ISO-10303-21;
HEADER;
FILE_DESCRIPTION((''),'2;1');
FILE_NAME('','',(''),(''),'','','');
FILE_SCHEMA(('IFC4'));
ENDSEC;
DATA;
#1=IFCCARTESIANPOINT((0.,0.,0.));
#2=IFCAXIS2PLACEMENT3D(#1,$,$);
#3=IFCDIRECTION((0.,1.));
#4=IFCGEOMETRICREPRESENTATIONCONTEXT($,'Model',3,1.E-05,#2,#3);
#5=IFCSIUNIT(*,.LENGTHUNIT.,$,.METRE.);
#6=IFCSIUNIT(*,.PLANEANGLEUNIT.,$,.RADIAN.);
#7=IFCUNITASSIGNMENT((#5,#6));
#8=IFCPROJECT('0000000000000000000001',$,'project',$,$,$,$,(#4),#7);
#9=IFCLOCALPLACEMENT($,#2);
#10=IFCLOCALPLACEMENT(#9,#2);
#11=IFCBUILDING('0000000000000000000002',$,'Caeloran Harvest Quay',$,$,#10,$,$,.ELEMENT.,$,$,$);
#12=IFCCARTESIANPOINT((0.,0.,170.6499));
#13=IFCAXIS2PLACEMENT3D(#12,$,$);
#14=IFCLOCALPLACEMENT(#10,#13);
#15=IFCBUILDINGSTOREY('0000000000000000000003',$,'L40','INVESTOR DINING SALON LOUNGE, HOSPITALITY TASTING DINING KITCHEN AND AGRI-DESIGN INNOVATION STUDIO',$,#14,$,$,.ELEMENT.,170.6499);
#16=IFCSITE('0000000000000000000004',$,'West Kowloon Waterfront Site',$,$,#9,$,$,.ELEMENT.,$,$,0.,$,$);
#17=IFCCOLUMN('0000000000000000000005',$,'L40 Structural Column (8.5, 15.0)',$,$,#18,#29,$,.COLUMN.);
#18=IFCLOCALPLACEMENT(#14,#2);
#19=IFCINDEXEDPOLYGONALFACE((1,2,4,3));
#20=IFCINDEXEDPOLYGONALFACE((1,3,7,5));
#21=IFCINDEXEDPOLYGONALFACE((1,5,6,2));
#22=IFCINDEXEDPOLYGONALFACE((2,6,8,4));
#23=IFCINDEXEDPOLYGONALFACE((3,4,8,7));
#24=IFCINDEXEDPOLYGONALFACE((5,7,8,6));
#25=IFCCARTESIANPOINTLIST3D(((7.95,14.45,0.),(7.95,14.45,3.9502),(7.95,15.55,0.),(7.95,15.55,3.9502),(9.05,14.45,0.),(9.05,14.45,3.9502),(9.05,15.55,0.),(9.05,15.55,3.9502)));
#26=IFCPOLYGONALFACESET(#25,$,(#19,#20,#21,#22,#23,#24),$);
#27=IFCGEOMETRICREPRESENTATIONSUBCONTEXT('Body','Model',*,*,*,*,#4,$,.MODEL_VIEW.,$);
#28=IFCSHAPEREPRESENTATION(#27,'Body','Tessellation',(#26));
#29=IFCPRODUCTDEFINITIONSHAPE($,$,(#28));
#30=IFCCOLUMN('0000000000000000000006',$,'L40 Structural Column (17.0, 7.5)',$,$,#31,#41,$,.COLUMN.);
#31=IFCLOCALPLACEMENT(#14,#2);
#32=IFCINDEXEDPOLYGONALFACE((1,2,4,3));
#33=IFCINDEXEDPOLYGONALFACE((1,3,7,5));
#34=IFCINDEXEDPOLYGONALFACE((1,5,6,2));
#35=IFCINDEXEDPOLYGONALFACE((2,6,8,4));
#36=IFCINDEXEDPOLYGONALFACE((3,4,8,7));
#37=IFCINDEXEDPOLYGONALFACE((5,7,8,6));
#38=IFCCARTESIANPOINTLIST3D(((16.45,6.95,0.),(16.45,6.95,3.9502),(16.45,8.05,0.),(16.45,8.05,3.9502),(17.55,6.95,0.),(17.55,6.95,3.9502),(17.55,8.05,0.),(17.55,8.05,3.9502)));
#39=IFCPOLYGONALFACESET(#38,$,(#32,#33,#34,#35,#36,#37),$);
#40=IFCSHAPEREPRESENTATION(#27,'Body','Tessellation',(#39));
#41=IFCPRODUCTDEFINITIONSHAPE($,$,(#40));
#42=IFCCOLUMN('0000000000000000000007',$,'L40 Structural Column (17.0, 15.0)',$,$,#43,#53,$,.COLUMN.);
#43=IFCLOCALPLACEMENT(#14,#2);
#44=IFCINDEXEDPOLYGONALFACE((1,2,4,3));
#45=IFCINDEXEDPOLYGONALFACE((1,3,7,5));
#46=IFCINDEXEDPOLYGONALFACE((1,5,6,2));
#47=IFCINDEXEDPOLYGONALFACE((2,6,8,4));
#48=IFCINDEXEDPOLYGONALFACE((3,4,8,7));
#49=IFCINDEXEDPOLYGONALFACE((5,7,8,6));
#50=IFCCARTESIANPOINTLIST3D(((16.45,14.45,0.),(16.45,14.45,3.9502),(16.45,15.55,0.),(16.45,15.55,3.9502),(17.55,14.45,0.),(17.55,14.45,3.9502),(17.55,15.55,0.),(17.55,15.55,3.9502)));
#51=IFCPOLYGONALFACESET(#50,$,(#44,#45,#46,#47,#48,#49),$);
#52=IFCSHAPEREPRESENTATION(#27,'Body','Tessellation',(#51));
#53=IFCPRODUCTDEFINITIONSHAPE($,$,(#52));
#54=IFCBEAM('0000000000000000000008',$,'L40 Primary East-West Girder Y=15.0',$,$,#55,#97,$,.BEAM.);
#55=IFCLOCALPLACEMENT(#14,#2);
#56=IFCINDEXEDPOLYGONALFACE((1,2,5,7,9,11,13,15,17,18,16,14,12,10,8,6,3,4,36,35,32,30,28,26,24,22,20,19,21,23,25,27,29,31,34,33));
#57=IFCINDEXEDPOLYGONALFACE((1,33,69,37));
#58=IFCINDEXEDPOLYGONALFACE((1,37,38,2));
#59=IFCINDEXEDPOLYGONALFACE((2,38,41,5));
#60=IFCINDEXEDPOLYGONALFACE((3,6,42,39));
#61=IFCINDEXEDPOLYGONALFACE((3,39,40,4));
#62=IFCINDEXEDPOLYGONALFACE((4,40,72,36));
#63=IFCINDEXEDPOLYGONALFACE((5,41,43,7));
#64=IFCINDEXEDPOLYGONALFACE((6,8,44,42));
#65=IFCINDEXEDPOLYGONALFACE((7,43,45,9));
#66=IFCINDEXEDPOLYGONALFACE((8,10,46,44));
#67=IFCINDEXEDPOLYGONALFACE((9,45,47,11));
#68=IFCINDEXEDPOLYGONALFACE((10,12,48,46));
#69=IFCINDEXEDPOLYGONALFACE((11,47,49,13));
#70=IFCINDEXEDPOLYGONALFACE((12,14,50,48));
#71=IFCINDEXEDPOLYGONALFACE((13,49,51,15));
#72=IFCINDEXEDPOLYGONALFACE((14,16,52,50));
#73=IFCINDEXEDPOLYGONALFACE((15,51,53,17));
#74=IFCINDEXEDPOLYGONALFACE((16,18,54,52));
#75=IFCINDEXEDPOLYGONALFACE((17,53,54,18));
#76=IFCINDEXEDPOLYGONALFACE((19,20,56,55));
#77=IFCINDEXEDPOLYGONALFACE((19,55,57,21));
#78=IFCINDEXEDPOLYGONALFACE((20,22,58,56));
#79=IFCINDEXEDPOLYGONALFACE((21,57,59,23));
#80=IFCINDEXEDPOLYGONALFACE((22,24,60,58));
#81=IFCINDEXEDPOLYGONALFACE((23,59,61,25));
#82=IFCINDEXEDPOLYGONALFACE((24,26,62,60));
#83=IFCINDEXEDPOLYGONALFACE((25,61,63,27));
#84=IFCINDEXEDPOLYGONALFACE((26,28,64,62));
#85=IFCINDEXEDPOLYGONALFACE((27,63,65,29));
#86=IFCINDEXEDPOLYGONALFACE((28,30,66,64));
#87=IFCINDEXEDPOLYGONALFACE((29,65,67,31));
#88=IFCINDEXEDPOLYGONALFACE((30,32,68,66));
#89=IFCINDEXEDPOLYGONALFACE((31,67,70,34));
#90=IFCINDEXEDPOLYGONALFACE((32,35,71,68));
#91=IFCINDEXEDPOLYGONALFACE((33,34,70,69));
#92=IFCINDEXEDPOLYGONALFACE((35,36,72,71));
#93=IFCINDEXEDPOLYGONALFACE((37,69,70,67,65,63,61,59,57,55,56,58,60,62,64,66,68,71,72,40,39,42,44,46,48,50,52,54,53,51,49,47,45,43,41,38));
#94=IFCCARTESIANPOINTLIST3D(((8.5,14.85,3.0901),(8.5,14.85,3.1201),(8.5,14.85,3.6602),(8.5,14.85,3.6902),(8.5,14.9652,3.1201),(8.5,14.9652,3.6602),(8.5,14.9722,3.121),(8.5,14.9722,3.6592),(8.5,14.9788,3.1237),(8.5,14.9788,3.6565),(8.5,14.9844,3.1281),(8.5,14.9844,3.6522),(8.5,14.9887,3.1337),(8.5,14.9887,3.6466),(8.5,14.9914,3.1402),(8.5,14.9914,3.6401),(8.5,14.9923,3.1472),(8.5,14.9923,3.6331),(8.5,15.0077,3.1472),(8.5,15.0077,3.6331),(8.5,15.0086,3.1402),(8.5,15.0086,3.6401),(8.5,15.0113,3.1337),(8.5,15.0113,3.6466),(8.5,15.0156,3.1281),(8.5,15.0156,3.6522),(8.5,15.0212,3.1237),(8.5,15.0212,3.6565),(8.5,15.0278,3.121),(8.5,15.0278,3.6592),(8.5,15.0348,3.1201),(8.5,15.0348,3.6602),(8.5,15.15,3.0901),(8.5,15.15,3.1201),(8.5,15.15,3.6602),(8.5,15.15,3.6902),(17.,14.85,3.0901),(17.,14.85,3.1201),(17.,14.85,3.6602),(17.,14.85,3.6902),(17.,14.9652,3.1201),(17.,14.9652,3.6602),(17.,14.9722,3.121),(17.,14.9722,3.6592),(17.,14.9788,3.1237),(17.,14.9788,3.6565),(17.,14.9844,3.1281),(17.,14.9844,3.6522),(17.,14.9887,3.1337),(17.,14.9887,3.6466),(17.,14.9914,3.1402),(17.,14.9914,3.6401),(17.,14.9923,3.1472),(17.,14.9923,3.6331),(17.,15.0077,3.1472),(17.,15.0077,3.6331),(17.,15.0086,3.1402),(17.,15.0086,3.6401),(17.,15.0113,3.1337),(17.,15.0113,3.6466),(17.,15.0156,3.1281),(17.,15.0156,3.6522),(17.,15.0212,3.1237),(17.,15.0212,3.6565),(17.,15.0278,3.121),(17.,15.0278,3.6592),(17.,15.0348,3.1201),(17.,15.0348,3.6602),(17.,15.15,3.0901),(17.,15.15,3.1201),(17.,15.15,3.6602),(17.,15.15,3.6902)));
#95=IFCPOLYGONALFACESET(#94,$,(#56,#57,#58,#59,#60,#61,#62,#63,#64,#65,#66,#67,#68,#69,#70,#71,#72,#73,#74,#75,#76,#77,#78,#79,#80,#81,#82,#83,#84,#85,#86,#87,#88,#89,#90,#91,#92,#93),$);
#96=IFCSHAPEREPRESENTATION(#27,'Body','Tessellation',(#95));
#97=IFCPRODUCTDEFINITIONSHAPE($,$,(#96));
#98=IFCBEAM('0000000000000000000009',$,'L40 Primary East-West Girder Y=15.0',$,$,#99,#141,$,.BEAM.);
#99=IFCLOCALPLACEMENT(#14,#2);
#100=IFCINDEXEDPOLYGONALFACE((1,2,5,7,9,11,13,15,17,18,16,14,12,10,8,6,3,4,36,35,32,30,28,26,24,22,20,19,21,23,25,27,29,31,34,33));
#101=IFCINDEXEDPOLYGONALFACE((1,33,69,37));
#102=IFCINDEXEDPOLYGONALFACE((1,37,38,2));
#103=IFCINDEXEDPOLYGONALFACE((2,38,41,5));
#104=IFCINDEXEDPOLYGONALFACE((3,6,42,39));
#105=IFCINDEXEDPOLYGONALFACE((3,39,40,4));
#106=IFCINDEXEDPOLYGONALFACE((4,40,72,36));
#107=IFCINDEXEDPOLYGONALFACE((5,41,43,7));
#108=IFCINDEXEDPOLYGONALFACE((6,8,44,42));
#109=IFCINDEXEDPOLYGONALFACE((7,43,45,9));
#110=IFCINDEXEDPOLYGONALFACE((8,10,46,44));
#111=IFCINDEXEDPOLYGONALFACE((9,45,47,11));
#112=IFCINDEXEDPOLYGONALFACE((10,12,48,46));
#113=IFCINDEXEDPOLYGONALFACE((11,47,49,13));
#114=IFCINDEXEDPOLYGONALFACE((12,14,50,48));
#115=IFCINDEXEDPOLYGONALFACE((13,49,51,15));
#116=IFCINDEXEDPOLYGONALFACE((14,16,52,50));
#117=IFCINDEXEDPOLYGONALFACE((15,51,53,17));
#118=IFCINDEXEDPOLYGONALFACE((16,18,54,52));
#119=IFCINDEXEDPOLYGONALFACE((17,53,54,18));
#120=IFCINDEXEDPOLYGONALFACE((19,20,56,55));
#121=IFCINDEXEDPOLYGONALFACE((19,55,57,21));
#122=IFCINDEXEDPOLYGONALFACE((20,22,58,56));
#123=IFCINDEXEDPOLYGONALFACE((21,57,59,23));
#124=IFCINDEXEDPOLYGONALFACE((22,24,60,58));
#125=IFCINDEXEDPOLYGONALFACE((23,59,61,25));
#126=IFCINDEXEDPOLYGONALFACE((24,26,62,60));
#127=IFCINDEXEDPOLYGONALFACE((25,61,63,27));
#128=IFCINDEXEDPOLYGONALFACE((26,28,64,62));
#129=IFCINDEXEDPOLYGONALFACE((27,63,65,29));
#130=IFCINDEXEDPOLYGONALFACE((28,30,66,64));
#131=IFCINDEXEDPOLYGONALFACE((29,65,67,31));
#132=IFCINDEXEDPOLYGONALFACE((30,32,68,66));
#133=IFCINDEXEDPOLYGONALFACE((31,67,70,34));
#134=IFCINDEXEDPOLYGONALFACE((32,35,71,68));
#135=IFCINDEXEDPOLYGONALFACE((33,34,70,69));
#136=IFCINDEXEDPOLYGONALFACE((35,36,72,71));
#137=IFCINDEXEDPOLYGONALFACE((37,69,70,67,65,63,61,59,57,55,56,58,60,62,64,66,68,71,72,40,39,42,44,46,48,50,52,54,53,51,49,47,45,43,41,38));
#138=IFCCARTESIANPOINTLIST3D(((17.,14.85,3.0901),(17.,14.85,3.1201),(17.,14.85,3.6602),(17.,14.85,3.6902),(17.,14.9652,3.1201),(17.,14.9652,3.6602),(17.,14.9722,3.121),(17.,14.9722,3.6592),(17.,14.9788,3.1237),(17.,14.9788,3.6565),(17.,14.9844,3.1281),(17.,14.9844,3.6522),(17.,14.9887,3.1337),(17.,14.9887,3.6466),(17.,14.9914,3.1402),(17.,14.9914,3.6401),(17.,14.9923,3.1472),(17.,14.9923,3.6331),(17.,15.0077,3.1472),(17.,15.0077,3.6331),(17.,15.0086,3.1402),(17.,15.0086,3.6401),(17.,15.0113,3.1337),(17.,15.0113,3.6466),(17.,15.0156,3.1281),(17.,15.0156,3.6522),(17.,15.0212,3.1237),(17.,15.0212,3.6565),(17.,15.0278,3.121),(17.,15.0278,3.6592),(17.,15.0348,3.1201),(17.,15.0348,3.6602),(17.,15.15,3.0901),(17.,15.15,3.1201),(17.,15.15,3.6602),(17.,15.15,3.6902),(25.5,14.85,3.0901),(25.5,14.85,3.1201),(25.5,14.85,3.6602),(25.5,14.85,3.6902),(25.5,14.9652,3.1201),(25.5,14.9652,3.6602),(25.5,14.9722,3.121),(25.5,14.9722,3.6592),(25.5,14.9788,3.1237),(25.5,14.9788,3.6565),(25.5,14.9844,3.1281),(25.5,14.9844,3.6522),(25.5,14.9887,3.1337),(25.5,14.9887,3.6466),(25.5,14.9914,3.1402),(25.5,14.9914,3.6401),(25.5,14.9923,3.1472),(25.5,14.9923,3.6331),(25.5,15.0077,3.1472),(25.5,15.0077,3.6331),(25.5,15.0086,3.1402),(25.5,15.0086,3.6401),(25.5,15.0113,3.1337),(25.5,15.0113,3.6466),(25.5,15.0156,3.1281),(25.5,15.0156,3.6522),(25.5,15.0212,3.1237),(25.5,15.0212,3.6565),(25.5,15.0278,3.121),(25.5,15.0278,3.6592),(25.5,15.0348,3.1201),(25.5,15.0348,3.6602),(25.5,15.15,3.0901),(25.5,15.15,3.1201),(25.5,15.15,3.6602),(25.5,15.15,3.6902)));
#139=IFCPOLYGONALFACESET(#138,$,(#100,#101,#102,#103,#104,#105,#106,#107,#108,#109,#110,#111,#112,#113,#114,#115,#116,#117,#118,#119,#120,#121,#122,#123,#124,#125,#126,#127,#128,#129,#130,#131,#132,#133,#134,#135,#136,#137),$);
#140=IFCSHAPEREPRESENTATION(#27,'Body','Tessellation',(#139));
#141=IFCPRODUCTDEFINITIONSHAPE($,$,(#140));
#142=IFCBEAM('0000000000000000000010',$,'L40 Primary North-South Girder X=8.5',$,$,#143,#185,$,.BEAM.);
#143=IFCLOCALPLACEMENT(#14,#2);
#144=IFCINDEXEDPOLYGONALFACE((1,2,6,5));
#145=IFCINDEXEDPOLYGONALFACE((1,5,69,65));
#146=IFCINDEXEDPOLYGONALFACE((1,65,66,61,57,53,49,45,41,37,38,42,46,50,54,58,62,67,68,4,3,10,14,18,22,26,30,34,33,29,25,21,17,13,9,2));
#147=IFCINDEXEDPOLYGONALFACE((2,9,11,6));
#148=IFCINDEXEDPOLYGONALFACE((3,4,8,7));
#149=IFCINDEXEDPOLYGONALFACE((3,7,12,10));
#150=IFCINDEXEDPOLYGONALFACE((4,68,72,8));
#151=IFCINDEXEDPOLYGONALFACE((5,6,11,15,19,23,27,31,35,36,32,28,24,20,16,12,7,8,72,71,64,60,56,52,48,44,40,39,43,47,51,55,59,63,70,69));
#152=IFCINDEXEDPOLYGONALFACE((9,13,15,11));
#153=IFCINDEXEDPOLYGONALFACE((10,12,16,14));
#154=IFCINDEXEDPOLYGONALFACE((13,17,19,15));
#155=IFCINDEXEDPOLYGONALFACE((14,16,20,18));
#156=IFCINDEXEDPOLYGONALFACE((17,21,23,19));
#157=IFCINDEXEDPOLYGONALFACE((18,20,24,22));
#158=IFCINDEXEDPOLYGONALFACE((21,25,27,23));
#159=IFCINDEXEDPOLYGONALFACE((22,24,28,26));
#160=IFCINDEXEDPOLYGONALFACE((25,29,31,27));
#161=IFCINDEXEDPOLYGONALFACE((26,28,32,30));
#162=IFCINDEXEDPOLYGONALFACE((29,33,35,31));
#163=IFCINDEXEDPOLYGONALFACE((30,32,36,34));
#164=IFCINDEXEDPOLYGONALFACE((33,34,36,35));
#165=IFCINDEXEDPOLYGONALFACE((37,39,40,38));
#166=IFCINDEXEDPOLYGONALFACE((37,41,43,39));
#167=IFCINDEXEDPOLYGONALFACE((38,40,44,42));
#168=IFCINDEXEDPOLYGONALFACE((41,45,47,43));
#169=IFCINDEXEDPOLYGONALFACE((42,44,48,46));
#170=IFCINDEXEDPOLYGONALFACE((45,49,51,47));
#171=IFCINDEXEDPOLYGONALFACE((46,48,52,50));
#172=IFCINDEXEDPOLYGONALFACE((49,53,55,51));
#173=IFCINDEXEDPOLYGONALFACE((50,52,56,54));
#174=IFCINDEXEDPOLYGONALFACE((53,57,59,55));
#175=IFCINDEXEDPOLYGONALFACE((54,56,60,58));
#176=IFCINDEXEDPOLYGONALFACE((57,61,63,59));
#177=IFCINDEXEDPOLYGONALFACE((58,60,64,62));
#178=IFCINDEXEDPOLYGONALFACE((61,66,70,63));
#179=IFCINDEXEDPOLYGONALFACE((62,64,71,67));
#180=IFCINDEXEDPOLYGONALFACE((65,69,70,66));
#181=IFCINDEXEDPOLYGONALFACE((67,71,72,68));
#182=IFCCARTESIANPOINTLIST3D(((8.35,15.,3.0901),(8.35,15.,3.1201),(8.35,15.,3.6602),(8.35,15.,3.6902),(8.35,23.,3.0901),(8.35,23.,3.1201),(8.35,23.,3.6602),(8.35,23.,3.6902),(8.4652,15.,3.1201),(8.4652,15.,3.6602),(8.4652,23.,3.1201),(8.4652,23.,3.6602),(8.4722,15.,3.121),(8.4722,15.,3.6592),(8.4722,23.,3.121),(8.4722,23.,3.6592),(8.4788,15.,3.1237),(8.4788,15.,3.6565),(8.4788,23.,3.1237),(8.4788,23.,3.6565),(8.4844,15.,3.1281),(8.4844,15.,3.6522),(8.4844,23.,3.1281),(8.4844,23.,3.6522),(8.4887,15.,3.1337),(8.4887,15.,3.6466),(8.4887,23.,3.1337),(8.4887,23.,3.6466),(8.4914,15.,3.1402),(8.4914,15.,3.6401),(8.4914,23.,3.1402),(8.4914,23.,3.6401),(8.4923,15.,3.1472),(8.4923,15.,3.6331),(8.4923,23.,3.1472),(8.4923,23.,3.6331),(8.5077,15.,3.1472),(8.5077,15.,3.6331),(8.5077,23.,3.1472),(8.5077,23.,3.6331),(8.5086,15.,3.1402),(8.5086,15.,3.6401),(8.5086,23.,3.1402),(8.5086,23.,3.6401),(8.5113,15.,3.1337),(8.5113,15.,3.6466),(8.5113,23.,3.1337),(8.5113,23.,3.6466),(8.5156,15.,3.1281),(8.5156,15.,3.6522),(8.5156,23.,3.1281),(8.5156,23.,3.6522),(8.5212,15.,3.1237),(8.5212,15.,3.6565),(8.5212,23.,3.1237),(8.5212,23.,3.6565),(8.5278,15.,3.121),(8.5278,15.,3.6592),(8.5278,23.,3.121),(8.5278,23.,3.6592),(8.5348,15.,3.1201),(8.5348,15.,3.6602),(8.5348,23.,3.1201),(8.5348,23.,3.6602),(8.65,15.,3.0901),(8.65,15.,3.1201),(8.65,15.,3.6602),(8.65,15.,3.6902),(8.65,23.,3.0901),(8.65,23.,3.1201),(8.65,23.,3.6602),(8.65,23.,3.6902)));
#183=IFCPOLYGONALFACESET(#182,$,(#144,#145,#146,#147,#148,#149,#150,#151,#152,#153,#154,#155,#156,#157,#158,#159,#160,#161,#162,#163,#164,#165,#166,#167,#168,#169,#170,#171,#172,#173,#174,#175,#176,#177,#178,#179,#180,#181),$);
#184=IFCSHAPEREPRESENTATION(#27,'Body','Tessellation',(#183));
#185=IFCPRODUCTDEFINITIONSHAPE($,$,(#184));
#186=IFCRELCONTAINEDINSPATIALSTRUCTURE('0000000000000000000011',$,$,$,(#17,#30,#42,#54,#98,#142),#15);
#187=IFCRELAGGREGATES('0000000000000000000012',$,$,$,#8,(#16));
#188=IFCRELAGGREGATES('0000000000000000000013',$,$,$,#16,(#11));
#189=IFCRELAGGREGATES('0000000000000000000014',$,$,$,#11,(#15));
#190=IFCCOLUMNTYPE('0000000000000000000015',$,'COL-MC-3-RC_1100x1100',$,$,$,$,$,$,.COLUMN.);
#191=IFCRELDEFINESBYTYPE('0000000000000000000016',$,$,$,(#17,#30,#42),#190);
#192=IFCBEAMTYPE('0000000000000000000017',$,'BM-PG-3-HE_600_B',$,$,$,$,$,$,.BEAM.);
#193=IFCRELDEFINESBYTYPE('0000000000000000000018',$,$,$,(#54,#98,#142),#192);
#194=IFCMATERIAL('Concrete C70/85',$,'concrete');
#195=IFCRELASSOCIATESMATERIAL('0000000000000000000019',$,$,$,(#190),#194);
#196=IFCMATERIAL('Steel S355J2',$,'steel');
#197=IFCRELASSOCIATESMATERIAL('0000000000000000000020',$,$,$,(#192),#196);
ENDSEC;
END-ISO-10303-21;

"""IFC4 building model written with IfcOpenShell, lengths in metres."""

from ifc_helpers import new_model, si_unit, direction, frame, origin, origin_2d, place, context, subcontext, project, spatial, rectangle, i_section, extrude, material, material_profile, profile_set, type_object, element, save


model = new_model("IFC4")

# Units and contexts
model_context = context("Model", 3, precision=1e-05, world=origin(), true_north=direction((0.0, 1.0)))
body_context = subcontext(model_context, "Body", "Model", "MODEL_VIEW")
ifc_project = project(units=[si_unit("LENGTHUNIT", "METRE"), si_unit("PLANEANGLEUNIT", "RADIAN")], contexts=[model_context])

# Site, building, storey
site_placement = place(None, origin())
site = spatial("IfcSite", under=ifc_project, at=site_placement, Name="West Kowloon Waterfront Site", CompositionType="ELEMENT", RefElevation=0.0)
building_placement = place(site_placement, origin())
building = spatial("IfcBuilding", under=site, at=building_placement, Name="Caeloran Harvest Quay", CompositionType="ELEMENT")
storey_placement = place(building_placement, frame((0.0, 0.0, 170.6499)))
storey = spatial("IfcBuildingStorey", under=building, at=storey_placement, Name="L40", Description="INVESTOR DINING SALON LOUNGE, HOSPITALITY TASTING DINING KITCHEN AND AGRI-DESIGN INNOVATION STUDIO", CompositionType="ELEMENT", Elevation=170.6499)

# Columns
ifc_material_1 = material(Name="Concrete C70/85", Category="concrete")
ifc_material_profile_1 = material_profile(ifc_material_1, rectangle(XDim=1.1001, YDim=1.1001, at=origin_2d()), Name="RC 1100x1100")
ifc_profile_set_1 = profile_set([ifc_material_profile_1], Name="Concrete C70/85")
column_type = type_object("IfcColumnType", Name="COL-MC-3-RC_1100x1100", PredefinedType="COLUMN", material=ifc_profile_set_1)
for number, where, z_axis, x_axis, name in (
    (1, (8.5, 15.0, 0.0), (0.0, 0.0, 1.0), (1.0, 0.0, 0.0), "L40 Structural Column (8.5, 15.0)"),
    (2, (17.0, 7.5, 0.0), (0.0, 0.0, 1.0), (1.0, 0.0, 0.0), "L40 Structural Column (17.0, 7.5)"),
    (3, (17.0, 15.0, 0.0), (0.0, 0.0, 1.0), (1.0, 0.0, 0.0), "L40 Structural Column (17.0, 15.0)"),
):
    element("IfcColumn", number, at=place(storey_placement, frame(where, z_axis=z_axis, x_axis=x_axis)), inside=storey, type_object=column_type, Name=name, PredefinedType="COLUMN", context=body_context, shape_type="SweptSolid", body=[
        extrude(rectangle(XDim=1.1001, YDim=1.1001, at=origin_2d()), origin(), (0.0, 0.0, 1.0), 3.9502),
    ])

# Beams
ifc_material_2 = material(Name="Steel S355J2", Category="steel")
ifc_material_profile_2 = material_profile(ifc_material_2, i_section(OverallWidth=0.3, OverallDepth=0.6001, WebThickness=0.0154, FlangeThickness=0.03, FilletRadius=0.0271, at=origin_2d()), Name="HE 600 B")
ifc_profile_set_2 = profile_set([ifc_material_profile_2], Name="Steel S355J2")
beam_type_1 = type_object("IfcBeamType", Name="BM-PG-3-HE_600_B", PredefinedType="BEAM", material=ifc_profile_set_2)
for number, where, z_axis, x_axis, name in (
    (4, (8.5, 15.0, 3.3901), (1.0, 0.0, 0.0), (0.0, 1.0, 0.0), "L40 Primary East-West Girder Y=15.0"),
    (5, (17.0, 15.0, 3.3901), (1.0, 0.0, 0.0), (0.0, 1.0, 0.0), "L40 Primary East-West Girder Y=15.0"),
):
    element("IfcBeam", number, at=place(storey_placement, frame(where, z_axis=z_axis, x_axis=x_axis)), inside=storey, type_object=beam_type_1, Name=name, PredefinedType="BEAM", context=body_context, shape_type="SweptSolid", body=[
        extrude(i_section(OverallWidth=0.3, OverallDepth=0.6001, WebThickness=0.0154, FlangeThickness=0.03, FilletRadius=0.0271, at=origin_2d()), origin(), (0.0, 0.0, 1.0), 8.5),
    ])
beam_1_placement = place(storey_placement, frame((8.5, 15.0, 3.3901), z_axis=(0.0, 1.0, 0.0), x_axis=(-1.0, 0.0, 0.0)))
element("IfcBeam", 6, at=beam_1_placement, inside=storey, type_object=beam_type_1, Name="L40 Primary North-South Girder X=8.5", PredefinedType="BEAM", context=body_context, shape_type="SweptSolid", body=[
    extrude(i_section(OverallWidth=0.3, OverallDepth=0.6001, WebThickness=0.0154, FlangeThickness=0.03, FilletRadius=0.0271, at=origin_2d()), origin(), (0.0, 0.0, 1.0), 8.0),
])

save(model, "model.ifc")
